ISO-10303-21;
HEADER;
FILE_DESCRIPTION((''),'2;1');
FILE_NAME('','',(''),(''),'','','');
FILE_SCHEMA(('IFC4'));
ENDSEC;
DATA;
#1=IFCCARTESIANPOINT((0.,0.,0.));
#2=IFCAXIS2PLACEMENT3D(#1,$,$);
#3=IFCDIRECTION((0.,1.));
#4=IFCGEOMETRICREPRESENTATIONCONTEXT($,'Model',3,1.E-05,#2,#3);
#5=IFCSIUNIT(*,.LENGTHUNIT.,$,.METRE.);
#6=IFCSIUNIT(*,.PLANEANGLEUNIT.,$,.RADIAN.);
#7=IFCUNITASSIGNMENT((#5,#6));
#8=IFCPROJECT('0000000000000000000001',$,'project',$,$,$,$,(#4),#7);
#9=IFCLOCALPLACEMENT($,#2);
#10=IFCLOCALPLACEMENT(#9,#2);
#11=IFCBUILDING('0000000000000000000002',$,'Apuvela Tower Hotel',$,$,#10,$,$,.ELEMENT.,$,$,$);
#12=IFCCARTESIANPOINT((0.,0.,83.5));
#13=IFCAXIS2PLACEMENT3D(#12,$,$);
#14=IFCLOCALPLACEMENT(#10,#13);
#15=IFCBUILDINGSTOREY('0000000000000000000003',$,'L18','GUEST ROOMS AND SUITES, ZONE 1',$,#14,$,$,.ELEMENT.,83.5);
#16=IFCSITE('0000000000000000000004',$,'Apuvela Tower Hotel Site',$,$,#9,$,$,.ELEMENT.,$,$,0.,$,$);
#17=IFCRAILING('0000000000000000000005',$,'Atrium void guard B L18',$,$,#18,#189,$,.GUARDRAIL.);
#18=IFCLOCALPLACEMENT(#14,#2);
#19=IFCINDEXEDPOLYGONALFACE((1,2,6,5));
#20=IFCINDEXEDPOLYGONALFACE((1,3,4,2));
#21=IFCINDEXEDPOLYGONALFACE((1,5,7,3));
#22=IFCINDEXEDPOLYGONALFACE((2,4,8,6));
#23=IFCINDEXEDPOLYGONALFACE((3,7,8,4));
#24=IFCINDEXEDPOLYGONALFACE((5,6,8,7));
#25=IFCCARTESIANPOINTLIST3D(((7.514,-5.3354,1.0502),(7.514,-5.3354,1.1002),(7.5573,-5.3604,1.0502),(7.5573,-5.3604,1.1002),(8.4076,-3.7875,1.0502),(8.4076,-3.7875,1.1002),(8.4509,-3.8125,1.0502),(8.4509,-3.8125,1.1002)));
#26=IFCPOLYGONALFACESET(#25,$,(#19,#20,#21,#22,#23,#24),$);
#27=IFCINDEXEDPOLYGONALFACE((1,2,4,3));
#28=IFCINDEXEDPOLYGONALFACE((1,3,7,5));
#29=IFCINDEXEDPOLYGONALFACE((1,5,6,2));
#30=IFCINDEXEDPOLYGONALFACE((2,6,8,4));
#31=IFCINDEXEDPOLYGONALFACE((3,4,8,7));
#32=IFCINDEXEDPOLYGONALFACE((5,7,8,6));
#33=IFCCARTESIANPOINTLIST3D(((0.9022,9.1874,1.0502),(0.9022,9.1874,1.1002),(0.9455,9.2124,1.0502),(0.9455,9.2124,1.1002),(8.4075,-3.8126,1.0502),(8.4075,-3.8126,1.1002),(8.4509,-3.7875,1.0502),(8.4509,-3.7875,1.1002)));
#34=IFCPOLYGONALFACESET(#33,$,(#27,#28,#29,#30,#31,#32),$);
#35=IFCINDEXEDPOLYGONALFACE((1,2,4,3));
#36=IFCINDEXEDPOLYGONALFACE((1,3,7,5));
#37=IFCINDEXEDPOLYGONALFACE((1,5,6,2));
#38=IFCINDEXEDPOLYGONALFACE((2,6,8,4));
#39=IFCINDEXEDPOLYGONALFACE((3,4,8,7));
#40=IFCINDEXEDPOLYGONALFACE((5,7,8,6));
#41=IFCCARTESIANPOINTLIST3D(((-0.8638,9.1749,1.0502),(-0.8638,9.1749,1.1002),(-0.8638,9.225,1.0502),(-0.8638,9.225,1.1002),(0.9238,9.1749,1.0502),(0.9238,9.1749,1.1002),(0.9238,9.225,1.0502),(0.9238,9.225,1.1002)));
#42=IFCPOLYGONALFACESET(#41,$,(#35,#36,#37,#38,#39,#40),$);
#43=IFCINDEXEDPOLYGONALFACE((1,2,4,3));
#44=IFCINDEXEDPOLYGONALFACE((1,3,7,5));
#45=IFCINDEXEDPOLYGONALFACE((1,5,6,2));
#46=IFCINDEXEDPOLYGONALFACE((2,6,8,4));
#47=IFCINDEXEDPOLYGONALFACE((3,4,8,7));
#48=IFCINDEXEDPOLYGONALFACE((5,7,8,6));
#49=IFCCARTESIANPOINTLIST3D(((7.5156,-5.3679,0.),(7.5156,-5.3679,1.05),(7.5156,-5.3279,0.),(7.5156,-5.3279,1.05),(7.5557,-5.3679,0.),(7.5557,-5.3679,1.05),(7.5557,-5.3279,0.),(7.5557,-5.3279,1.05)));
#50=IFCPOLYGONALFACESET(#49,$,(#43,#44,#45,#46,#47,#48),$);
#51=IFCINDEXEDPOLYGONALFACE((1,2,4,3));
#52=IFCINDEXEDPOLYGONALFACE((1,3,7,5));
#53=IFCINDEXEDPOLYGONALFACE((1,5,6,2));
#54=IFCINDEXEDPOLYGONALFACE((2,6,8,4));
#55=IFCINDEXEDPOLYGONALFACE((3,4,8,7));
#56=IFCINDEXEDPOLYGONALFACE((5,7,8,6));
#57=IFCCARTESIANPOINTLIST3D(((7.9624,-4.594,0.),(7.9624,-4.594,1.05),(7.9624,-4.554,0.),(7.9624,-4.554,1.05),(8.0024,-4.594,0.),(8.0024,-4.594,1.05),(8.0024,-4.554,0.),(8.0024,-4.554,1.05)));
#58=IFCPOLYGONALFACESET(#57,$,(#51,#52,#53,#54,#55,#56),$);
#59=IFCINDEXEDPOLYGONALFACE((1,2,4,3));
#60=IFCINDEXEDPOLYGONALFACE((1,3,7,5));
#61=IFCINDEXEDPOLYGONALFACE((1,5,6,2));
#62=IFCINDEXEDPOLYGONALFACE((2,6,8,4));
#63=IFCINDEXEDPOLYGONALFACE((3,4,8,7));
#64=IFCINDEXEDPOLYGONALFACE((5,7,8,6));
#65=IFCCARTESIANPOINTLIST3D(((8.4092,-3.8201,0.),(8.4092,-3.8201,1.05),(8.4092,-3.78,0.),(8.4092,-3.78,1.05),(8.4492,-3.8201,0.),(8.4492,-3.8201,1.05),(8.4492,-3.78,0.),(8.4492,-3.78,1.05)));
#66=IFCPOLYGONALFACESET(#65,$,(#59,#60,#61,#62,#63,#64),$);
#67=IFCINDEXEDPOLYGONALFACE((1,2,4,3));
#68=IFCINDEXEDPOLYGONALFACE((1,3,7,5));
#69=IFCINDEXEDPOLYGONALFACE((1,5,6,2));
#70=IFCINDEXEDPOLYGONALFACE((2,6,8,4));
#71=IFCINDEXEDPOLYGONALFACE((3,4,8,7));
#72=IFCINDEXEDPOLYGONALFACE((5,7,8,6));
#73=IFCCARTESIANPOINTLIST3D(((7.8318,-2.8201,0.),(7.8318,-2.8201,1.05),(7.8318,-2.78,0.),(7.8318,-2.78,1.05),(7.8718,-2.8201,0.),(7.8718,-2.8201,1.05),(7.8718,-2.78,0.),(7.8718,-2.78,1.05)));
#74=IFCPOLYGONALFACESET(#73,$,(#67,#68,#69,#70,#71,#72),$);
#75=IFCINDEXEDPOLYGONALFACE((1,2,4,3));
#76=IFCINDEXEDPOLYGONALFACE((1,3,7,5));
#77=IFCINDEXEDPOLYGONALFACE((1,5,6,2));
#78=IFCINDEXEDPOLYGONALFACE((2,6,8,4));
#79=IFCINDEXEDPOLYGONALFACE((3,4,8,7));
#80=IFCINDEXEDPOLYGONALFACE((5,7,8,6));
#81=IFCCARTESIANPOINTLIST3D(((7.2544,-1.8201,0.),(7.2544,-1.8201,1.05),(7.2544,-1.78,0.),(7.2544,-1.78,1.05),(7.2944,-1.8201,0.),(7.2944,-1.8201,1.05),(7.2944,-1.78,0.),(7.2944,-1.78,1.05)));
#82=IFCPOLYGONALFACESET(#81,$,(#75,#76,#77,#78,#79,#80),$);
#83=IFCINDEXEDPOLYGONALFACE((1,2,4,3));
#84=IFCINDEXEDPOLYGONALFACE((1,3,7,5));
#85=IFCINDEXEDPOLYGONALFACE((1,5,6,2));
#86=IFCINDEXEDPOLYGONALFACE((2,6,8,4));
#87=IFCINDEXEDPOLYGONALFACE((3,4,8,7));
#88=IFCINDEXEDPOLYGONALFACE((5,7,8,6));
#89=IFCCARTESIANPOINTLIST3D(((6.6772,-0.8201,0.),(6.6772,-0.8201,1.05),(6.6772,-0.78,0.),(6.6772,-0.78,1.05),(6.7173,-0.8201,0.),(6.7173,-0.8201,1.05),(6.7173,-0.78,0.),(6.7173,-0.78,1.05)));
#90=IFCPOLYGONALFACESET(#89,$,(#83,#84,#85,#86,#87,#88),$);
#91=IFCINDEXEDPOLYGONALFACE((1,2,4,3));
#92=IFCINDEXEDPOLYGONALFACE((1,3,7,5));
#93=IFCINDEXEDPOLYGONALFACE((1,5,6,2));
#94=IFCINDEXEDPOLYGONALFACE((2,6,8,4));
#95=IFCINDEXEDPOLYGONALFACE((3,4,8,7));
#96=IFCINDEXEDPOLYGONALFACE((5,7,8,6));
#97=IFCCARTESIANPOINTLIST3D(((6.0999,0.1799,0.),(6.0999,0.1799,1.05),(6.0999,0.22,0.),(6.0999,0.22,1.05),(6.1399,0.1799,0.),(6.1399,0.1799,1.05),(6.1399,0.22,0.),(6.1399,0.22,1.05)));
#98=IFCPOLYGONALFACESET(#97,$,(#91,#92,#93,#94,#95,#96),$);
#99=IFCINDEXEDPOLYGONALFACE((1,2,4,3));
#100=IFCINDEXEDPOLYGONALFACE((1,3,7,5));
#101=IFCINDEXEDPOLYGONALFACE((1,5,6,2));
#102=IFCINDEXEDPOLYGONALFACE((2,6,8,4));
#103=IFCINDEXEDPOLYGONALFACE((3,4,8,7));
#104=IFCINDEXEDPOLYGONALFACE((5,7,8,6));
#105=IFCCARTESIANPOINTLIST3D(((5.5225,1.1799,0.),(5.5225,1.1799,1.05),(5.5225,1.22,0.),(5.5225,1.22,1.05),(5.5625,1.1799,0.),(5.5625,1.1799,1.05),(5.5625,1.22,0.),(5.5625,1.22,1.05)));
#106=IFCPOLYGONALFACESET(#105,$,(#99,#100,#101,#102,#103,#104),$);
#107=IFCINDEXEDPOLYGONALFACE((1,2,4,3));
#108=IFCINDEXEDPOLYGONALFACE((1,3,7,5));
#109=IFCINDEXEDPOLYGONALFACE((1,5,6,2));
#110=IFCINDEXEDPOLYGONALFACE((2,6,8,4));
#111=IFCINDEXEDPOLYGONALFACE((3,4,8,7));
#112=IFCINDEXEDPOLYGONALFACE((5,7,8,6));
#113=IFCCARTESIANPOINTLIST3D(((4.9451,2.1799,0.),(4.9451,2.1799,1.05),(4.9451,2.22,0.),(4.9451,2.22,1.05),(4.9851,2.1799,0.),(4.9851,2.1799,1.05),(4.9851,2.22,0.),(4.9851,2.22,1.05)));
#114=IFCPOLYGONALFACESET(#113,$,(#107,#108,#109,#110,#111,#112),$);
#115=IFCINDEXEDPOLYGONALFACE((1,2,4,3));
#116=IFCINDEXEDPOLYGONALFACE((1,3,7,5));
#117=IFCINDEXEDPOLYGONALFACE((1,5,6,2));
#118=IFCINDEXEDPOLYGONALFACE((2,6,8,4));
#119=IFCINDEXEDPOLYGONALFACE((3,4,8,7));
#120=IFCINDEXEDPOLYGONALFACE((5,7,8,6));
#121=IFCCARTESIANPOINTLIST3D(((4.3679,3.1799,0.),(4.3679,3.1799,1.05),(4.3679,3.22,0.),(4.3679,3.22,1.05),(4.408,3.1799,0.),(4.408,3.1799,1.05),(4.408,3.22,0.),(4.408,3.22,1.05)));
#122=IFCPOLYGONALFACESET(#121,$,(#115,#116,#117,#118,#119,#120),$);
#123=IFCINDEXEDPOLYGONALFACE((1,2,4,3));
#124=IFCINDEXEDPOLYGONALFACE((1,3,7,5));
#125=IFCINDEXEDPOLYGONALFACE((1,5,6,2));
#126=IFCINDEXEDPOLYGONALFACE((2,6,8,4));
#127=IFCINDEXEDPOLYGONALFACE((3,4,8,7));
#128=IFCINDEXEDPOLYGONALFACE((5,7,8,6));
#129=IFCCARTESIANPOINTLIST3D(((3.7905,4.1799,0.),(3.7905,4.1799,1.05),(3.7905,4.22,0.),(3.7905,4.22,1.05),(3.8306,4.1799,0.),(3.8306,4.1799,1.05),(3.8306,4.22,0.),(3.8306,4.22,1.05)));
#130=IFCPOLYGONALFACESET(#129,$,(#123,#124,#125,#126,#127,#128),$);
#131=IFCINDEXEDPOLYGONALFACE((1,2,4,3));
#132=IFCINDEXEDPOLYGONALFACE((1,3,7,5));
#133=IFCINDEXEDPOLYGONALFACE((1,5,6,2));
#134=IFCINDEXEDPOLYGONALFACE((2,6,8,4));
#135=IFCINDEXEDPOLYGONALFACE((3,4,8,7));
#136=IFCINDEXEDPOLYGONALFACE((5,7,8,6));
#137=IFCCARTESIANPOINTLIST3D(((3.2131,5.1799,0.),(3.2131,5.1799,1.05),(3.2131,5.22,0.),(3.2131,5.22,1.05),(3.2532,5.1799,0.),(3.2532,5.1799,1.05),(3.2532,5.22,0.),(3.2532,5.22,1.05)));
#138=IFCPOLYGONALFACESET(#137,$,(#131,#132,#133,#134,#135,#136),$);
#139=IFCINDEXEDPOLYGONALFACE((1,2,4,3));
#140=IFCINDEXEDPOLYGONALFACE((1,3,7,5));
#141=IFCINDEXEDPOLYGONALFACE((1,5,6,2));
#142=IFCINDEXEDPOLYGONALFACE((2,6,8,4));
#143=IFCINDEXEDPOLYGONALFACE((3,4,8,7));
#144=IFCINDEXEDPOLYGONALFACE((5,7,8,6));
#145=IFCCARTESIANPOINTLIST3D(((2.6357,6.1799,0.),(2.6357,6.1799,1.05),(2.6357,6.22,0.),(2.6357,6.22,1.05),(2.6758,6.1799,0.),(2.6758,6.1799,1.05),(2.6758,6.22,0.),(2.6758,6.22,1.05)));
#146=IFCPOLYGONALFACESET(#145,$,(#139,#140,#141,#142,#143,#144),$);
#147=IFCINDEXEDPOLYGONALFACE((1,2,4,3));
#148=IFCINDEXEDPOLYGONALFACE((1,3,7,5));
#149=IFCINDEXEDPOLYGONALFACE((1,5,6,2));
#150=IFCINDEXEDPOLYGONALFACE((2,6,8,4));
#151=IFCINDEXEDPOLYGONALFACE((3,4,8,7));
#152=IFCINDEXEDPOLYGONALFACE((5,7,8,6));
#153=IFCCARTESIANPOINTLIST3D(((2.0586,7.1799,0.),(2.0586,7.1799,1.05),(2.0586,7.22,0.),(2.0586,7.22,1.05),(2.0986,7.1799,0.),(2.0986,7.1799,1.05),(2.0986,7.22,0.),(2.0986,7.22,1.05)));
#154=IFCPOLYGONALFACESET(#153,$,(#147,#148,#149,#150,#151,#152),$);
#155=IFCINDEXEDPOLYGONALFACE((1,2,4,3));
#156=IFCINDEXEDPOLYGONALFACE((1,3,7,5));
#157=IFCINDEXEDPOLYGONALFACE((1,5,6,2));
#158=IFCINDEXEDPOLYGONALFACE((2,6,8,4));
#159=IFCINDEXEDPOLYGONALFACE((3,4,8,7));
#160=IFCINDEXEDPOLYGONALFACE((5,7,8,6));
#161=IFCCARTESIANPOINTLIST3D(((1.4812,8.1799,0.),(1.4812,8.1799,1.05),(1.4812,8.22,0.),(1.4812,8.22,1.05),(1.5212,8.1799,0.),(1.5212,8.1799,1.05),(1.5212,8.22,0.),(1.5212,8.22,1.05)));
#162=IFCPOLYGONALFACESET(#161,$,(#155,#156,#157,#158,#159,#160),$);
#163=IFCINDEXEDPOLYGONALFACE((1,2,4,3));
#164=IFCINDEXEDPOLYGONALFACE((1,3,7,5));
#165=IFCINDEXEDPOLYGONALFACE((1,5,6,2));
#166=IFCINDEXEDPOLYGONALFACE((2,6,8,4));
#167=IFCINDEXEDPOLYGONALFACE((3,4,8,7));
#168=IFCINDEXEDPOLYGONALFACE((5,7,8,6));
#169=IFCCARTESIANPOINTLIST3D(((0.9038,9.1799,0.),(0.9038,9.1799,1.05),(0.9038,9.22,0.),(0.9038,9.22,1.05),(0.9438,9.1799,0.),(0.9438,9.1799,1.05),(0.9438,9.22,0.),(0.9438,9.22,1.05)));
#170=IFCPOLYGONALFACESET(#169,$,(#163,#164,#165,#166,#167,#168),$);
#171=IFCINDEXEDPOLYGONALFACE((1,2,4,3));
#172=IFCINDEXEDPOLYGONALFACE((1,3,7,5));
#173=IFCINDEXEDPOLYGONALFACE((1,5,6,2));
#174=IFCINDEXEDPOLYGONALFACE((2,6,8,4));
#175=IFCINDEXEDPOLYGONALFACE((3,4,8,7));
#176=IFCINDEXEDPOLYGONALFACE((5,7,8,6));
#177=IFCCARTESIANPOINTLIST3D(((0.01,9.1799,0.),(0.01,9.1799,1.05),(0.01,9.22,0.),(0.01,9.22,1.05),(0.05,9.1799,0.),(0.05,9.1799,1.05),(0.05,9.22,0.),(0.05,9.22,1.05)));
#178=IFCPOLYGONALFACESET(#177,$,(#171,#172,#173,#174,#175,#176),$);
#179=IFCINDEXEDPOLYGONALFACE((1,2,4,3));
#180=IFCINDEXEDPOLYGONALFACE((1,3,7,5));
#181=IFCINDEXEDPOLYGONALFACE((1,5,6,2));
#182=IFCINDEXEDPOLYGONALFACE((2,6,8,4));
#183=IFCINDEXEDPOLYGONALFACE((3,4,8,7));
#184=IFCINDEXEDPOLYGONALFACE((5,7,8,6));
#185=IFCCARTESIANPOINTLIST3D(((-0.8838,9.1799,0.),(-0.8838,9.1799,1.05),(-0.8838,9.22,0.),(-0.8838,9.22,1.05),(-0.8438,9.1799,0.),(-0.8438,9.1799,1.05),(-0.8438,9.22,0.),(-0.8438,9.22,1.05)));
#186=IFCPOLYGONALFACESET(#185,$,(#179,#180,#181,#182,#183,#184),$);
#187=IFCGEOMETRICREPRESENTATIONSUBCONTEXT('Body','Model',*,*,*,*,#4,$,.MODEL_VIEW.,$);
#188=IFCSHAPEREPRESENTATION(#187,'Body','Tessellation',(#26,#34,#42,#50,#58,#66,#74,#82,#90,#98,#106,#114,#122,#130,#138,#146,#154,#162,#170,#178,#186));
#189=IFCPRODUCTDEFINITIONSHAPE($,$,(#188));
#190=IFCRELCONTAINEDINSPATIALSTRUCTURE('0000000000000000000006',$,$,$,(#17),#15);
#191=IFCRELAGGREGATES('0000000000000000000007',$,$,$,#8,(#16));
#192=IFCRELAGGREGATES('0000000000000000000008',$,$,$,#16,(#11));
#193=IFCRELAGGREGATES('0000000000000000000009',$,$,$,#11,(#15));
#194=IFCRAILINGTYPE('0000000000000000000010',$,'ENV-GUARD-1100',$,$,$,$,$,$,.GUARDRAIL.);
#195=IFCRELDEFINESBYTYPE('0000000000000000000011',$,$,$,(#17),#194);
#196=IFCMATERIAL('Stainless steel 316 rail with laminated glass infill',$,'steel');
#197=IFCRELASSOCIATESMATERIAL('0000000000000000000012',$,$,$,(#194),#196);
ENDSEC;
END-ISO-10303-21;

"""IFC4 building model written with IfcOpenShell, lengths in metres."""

from ifc_helpers import new_model, si_unit, direction, frame, origin, origin_2d, place, context, subcontext, project, spatial, rectangle, extrude, material, type_object, element, save


model = new_model("IFC4")

# Units and contexts
model_context = context("Model", 3, precision=1e-05, world=origin(), true_north=direction((0.0, 1.0)))
body_context = subcontext(model_context, "Body", "Model", "MODEL_VIEW")
ifc_project = project(units=[si_unit("LENGTHUNIT", "METRE"), si_unit("PLANEANGLEUNIT", "RADIAN")], contexts=[model_context])

# Site, building, storey
site_placement = place(None, origin())
site = spatial("IfcSite", under=ifc_project, at=site_placement, Name="Apuvela Tower Hotel Site", CompositionType="ELEMENT", RefElevation=0.0)
building_placement = place(site_placement, origin())
building = spatial("IfcBuilding", under=site, at=building_placement, Name="Apuvela Tower Hotel", CompositionType="ELEMENT")
storey_placement = place(building_placement, frame((0.0, 0.0, 83.5)))
storey = spatial("IfcBuildingStorey", under=building, at=storey_placement, Name="L18", Description="GUEST ROOMS AND SUITES, ZONE 1", CompositionType="ELEMENT", Elevation=83.5)

# Railing
ifc_material_1 = material(Name="Stainless steel 316 rail with laminated glass infill", Category="steel")
railing_type_1 = type_object("IfcRailingType", Name="ENV-GUARD-1100", PredefinedType="GUARDRAIL", material=ifc_material_1)
railing_1_placement = place(storey_placement, frame((7.5356, -5.3479, 0.0)))
element("IfcRailing", 1, at=railing_1_placement, inside=storey, type_object=railing_type_1, Name="Atrium void guard B L18", PredefinedType="GUARDRAIL", context=body_context, shape_type="SweptSolid", body=[
    extrude(rectangle(XDim=0.05, YDim=0.05, at=origin_2d()), frame((0.0, 0.0, 1.0752), z_axis=(0.499959, 0.866049, 0.0), x_axis=(-0.866049, 0.499959, 0.0)), (0.0, 0.0, 1.0), 1.7874),
    extrude(rectangle(XDim=0.05, YDim=0.05, at=origin_2d()), frame((0.8936, 1.5479, 1.0752), z_axis=(-0.499991, 0.866031, 0.0), x_axis=(-0.866031, -0.499991, 0.0)), (0.0, 0.0, 1.0), 15.011),
    extrude(rectangle(XDim=0.05, YDim=0.05, at=origin_2d()), frame((-6.6118, 14.5479, 1.0752), z_axis=(-1.0, 0.0, 0.0), x_axis=(0.0, -1.0, 0.0)), (0.0, 0.0, 1.0), 1.7876),
    extrude(rectangle(XDim=0.04, YDim=0.04, at=origin_2d()), origin(), (0.0, 0.0, 1.0), 1.05),
    extrude(rectangle(XDim=0.04, YDim=0.04, at=origin_2d()), frame((0.4468, 0.7739, 0.0)), (0.0, 0.0, 1.0), 1.05),
    extrude(rectangle(XDim=0.04, YDim=0.04, at=origin_2d()), frame((0.8936, 1.5479, 0.0)), (0.0, 0.0, 1.0), 1.05),
    extrude(rectangle(XDim=0.04, YDim=0.04, at=origin_2d()), frame((0.3162, 2.5479, 0.0)), (0.0, 0.0, 1.0), 1.05),
    extrude(rectangle(XDim=0.04, YDim=0.04, at=origin_2d()), frame((-0.2612, 3.5479, 0.0)), (0.0, 0.0, 1.0), 1.05),
    extrude(rectangle(XDim=0.04, YDim=0.04, at=origin_2d()), frame((-0.8384, 4.5479, 0.0)), (0.0, 0.0, 1.0), 1.05),
    extrude(rectangle(XDim=0.04, YDim=0.04, at=origin_2d()), frame((-1.4158, 5.5479, 0.0)), (0.0, 0.0, 1.0), 1.05),
    extrude(rectangle(XDim=0.04, YDim=0.04, at=origin_2d()), frame((-1.9932, 6.5479, 0.0)), (0.0, 0.0, 1.0), 1.05),
    extrude(rectangle(XDim=0.04, YDim=0.04, at=origin_2d()), frame((-2.5706, 7.5479, 0.0)), (0.0, 0.0, 1.0), 1.05),
    extrude(rectangle(XDim=0.04, YDim=0.04, at=origin_2d()), frame((-3.1477, 8.5479, 0.0)), (0.0, 0.0, 1.0), 1.05),
    extrude(rectangle(XDim=0.04, YDim=0.04, at=origin_2d()), frame((-3.7251, 9.5479, 0.0)), (0.0, 0.0, 1.0), 1.05),
    extrude(rectangle(XDim=0.04, YDim=0.04, at=origin_2d()), frame((-4.3025, 10.5479, 0.0)), (0.0, 0.0, 1.0), 1.05),
    extrude(rectangle(XDim=0.04, YDim=0.04, at=origin_2d()), frame((-4.8799, 11.5479, 0.0)), (0.0, 0.0, 1.0), 1.05),
    extrude(rectangle(XDim=0.04, YDim=0.04, at=origin_2d()), frame((-5.457, 12.5479, 0.0)), (0.0, 0.0, 1.0), 1.05),
    extrude(rectangle(XDim=0.04, YDim=0.04, at=origin_2d()), frame((-6.0344, 13.5479, 0.0)), (0.0, 0.0, 1.0), 1.05),
    extrude(rectangle(XDim=0.04, YDim=0.04, at=origin_2d()), frame((-6.6118, 14.5479, 0.0)), (0.0, 0.0, 1.0), 1.05),
    extrude(rectangle(XDim=0.04, YDim=0.04, at=origin_2d()), frame((-7.5056, 14.5479, 0.0)), (0.0, 0.0, 1.0), 1.05),
    extrude(rectangle(XDim=0.04, YDim=0.04, at=origin_2d()), frame((-8.3994, 14.5479, 0.0)), (0.0, 0.0, 1.0), 1.05),
])

save(model, "model.ifc")
